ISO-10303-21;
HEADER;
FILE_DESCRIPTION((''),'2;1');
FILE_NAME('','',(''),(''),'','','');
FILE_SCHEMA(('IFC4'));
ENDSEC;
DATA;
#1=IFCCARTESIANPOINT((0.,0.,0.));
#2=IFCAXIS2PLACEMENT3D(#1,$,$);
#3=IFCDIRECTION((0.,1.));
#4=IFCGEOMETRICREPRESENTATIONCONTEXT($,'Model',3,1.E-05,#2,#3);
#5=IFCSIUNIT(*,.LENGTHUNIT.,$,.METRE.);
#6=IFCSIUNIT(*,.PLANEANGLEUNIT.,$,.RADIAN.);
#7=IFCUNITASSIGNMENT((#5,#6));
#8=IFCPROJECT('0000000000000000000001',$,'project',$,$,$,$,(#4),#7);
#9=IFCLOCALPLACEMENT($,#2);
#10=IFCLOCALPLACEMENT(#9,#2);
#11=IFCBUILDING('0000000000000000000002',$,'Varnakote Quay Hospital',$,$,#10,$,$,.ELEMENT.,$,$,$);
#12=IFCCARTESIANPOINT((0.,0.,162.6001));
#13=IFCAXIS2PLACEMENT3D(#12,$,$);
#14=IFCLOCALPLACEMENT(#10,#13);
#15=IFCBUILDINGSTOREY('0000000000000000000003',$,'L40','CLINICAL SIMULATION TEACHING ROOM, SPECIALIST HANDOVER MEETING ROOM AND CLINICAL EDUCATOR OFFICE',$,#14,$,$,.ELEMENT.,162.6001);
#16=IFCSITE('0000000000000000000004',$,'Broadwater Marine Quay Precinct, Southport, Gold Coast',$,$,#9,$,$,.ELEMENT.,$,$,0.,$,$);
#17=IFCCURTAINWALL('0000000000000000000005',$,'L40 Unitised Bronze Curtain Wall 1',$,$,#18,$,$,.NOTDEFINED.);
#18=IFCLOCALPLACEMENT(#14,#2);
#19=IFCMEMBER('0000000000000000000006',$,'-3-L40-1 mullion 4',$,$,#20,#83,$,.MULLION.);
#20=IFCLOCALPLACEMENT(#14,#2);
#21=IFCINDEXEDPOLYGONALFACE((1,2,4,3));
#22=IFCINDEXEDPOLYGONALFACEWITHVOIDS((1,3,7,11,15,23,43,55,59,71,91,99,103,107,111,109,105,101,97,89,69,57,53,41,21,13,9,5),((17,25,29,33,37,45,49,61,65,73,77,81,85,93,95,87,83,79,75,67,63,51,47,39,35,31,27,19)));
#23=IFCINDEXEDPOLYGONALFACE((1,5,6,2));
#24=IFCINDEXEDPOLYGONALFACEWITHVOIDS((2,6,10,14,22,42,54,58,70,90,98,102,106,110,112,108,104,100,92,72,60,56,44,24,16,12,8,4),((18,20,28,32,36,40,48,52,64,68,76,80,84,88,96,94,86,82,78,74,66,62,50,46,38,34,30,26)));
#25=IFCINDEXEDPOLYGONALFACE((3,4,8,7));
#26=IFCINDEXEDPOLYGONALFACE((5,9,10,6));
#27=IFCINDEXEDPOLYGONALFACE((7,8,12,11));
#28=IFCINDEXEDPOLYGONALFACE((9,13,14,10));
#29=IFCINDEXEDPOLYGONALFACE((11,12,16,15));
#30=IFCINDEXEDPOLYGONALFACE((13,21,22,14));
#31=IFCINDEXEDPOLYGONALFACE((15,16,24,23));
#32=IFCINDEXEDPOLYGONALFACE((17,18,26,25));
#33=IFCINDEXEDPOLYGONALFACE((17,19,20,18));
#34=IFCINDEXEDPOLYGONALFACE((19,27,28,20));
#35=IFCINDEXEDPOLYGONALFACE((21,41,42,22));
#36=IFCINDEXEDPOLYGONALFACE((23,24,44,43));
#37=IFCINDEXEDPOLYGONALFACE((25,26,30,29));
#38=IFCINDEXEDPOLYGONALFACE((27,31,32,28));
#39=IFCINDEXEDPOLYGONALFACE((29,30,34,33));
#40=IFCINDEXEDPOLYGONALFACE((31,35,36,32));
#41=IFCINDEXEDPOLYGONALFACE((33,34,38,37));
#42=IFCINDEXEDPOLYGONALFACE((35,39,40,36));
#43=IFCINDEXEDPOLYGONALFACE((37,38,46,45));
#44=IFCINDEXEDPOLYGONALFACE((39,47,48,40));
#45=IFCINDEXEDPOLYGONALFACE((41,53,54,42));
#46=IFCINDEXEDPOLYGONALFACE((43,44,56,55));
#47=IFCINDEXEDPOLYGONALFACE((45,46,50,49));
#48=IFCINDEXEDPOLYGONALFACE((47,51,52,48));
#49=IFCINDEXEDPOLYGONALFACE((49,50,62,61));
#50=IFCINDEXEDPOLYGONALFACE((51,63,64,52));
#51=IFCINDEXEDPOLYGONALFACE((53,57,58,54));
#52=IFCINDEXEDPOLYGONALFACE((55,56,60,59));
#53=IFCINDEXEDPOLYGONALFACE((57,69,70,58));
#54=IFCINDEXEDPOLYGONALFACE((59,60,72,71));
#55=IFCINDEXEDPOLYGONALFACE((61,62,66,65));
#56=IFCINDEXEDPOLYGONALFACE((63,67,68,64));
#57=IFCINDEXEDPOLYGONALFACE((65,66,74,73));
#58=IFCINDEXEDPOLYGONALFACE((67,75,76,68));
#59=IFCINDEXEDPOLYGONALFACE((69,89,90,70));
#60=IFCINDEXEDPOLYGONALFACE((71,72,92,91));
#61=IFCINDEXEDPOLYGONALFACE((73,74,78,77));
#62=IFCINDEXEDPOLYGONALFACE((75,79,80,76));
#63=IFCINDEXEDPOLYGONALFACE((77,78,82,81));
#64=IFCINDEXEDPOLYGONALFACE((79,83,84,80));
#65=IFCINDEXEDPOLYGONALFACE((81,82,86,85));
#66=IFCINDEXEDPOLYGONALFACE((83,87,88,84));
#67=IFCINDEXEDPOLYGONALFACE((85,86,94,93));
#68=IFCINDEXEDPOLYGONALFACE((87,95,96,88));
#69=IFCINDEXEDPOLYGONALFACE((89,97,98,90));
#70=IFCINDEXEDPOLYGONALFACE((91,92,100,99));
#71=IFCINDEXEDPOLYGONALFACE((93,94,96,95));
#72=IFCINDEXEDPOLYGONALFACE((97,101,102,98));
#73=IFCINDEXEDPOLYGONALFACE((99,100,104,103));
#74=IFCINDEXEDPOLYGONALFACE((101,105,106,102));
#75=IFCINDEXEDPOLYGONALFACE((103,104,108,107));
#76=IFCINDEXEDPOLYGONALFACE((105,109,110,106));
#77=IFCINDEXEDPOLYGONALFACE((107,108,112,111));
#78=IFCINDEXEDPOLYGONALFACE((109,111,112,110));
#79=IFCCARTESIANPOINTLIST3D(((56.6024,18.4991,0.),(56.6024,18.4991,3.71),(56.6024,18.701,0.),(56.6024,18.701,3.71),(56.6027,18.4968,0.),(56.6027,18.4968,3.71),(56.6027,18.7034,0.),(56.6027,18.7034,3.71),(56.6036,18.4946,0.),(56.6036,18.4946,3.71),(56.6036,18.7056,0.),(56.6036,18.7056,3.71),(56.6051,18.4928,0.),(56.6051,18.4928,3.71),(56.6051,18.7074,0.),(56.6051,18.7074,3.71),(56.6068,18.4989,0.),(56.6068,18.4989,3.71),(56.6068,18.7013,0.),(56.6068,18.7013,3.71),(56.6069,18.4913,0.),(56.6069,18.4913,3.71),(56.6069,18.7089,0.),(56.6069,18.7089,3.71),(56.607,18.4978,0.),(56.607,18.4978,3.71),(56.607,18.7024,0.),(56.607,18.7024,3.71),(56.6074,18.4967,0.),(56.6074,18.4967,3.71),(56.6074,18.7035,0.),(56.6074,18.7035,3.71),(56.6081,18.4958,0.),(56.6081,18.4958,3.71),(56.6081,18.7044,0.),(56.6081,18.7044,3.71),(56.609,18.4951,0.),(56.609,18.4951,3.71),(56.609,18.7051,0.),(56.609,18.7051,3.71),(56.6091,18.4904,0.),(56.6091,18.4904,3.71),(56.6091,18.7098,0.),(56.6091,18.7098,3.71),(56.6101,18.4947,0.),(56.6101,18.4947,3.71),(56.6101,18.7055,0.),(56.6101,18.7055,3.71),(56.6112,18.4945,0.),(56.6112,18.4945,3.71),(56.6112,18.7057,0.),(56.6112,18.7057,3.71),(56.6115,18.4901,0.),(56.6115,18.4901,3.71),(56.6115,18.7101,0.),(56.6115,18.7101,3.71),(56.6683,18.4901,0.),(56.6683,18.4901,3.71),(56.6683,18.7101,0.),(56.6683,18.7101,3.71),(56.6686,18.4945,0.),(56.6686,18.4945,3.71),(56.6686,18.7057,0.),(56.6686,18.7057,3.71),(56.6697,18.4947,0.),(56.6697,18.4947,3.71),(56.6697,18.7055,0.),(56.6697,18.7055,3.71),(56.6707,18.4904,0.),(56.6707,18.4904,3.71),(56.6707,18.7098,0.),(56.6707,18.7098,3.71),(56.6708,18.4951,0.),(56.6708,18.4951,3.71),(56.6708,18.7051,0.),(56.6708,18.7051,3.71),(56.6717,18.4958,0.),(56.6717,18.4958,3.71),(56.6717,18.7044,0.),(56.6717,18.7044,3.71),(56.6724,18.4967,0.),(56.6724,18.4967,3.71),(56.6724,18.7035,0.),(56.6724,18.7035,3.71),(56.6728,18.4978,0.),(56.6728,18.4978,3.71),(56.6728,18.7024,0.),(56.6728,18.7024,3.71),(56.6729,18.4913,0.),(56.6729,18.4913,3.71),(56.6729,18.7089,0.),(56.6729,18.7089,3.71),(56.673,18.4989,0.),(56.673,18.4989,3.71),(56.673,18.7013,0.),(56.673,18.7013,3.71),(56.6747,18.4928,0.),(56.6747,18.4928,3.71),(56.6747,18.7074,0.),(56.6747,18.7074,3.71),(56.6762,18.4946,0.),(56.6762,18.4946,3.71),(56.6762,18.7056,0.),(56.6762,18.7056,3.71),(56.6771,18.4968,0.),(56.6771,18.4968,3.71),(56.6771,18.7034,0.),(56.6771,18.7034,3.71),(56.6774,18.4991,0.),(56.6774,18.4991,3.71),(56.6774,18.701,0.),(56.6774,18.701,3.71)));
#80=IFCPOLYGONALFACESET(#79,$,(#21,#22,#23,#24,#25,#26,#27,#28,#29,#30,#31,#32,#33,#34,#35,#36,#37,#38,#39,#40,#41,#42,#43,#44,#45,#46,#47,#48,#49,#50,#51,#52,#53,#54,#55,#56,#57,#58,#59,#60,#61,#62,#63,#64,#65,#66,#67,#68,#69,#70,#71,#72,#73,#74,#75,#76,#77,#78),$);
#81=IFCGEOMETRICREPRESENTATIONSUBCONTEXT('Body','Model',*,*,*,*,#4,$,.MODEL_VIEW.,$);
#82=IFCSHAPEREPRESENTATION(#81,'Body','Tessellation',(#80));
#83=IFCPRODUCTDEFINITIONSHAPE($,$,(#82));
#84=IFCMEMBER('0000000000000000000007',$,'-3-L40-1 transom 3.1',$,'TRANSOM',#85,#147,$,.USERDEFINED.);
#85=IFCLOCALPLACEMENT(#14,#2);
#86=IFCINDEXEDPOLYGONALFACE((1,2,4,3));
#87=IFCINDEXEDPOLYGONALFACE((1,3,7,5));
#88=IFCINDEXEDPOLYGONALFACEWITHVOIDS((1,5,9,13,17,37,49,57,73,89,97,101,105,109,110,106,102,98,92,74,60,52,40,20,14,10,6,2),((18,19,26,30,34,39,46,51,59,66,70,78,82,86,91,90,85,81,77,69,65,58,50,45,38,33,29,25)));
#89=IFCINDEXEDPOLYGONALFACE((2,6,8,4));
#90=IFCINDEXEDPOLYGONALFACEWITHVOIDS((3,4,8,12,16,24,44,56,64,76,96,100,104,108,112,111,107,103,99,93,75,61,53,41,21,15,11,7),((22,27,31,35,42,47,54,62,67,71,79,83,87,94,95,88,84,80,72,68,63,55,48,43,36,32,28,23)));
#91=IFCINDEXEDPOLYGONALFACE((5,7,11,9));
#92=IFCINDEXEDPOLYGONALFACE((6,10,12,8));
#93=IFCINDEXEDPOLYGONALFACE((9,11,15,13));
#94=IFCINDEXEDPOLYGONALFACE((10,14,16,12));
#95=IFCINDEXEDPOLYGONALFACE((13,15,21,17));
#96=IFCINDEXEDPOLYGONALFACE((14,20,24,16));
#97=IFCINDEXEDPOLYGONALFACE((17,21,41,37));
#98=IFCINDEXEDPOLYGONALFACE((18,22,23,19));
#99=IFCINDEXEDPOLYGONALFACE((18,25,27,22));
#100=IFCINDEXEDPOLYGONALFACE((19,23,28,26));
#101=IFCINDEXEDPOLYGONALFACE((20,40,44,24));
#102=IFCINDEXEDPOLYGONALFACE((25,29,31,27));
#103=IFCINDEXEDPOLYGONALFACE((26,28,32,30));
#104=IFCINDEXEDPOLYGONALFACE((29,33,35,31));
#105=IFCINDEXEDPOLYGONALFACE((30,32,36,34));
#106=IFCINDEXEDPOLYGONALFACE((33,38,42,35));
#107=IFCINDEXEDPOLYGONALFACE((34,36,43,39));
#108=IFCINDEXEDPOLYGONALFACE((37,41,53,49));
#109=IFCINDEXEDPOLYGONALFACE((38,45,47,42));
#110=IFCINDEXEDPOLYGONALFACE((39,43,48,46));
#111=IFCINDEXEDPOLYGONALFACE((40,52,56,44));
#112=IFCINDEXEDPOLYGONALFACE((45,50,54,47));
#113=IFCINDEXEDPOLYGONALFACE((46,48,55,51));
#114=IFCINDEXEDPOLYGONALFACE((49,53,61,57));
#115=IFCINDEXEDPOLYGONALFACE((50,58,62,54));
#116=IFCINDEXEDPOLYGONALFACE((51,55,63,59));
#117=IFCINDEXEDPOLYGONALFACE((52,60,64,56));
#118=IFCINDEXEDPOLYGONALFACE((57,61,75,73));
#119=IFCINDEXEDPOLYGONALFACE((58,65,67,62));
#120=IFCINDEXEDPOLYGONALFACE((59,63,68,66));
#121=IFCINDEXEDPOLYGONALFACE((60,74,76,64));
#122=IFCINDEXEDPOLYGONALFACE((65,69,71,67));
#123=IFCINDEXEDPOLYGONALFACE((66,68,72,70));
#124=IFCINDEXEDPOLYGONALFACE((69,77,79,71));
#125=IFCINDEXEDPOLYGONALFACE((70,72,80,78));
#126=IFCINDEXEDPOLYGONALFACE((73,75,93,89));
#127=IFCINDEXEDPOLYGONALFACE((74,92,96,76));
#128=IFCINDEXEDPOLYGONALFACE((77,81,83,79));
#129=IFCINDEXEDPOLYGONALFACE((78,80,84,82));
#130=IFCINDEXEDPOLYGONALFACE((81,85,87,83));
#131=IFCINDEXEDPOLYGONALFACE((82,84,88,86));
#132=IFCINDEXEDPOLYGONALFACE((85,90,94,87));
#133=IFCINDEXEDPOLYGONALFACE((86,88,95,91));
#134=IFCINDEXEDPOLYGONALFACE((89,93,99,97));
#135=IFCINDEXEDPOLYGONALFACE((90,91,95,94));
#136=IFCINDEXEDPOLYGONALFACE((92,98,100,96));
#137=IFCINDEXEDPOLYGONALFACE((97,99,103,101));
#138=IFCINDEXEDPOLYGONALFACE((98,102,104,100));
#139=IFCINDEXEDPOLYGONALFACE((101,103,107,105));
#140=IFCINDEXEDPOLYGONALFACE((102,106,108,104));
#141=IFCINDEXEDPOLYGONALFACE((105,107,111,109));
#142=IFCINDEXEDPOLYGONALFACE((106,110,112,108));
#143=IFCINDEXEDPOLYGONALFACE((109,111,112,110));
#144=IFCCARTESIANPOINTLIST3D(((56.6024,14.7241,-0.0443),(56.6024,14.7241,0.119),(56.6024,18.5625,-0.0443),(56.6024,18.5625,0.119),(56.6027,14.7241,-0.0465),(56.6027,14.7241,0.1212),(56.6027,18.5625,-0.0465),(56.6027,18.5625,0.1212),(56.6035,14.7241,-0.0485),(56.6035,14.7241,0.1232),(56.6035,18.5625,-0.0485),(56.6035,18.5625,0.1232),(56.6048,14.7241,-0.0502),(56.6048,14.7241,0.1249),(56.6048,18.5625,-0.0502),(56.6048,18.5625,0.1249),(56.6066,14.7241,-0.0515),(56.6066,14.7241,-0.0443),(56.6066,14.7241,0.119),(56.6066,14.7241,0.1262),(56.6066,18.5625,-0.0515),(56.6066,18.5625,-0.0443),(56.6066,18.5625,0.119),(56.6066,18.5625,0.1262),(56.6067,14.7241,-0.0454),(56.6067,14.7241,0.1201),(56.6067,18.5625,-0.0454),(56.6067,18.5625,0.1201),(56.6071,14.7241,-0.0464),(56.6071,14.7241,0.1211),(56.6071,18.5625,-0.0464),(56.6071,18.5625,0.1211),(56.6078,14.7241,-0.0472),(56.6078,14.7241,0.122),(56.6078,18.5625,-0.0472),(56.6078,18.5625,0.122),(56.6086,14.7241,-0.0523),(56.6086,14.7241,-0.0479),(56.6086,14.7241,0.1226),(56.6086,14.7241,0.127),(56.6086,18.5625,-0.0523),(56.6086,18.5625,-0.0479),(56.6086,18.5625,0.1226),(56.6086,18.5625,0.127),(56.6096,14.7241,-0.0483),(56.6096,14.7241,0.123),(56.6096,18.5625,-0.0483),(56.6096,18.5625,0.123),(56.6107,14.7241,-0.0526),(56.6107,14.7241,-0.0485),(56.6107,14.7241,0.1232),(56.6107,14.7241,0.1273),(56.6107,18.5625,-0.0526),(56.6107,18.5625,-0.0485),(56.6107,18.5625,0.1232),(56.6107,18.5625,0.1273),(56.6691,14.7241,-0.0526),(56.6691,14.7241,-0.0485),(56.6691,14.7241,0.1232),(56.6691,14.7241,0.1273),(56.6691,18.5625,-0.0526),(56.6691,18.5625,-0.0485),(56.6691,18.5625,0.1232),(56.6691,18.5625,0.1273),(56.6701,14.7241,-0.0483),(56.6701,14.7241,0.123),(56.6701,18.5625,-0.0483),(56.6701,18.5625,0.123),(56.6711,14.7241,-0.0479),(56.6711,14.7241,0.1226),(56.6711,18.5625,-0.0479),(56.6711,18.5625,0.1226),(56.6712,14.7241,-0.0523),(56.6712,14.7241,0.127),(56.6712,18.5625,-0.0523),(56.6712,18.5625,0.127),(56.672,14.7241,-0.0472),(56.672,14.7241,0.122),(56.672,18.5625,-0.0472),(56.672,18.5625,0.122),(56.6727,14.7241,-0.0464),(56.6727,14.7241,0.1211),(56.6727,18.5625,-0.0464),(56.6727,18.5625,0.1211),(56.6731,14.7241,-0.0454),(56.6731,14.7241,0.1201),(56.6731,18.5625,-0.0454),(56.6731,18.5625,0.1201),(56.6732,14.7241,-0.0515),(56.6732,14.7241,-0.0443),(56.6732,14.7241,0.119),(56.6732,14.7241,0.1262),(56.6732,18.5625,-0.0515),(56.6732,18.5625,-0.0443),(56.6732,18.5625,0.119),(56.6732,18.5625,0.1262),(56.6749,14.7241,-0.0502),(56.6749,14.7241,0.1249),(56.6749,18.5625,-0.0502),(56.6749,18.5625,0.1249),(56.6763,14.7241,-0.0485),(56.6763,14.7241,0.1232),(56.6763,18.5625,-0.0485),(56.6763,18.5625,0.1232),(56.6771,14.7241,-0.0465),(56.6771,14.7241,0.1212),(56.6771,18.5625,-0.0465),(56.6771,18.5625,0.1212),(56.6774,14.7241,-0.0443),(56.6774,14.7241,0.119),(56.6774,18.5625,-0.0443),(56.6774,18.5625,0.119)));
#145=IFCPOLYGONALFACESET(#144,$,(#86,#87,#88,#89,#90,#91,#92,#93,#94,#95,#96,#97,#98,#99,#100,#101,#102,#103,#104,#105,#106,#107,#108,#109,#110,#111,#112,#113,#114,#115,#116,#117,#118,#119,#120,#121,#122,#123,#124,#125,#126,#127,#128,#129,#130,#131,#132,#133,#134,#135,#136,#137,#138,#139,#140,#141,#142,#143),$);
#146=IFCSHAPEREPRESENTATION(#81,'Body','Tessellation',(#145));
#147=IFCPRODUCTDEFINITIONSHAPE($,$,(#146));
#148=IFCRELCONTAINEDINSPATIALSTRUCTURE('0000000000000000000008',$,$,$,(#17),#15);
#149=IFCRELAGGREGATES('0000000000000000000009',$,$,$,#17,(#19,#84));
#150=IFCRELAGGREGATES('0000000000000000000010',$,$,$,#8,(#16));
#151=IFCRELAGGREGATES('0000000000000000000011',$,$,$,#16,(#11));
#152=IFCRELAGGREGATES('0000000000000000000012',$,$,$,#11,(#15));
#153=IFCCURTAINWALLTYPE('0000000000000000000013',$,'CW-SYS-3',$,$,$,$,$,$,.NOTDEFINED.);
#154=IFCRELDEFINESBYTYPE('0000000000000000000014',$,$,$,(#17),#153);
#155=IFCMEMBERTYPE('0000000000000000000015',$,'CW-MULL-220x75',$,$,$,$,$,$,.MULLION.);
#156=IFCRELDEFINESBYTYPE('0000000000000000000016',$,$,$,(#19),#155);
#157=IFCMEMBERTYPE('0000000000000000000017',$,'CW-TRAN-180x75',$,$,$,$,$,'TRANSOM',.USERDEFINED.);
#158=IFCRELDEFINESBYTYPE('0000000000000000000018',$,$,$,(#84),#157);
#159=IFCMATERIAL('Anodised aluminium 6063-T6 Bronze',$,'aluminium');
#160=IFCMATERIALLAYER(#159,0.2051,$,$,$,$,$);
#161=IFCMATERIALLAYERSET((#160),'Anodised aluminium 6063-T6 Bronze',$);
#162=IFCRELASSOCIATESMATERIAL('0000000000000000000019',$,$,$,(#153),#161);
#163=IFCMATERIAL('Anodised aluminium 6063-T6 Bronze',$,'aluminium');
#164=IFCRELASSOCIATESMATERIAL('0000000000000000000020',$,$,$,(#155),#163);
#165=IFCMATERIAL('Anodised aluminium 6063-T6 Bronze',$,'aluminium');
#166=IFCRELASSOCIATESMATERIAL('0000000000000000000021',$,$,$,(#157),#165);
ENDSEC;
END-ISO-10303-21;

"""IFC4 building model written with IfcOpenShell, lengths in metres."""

from ifc_helpers import new_model, si_unit, direction, frame, origin, origin_2d, place, context, subcontext, project, spatial, hollow_rectangle, extrude, material, layer, layer_set, material_profile, profile_set, type_object, element, aggregate, save


model = new_model("IFC4")

# Units and contexts
model_context = context("Model", 3, precision=1e-05, world=origin(), true_north=direction((0.0, 1.0)))
body_context = subcontext(model_context, "Body", "Model", "MODEL_VIEW")
ifc_project = project(units=[si_unit("LENGTHUNIT", "METRE"), si_unit("PLANEANGLEUNIT", "RADIAN")], contexts=[model_context])

# Site, building, storey
site_placement = place(None, origin())
site = spatial("IfcSite", under=ifc_project, at=site_placement, Name="Broadwater Marine Quay Precinct, Southport, Gold Coast", CompositionType="ELEMENT", RefElevation=0.0)
building_placement = place(site_placement, origin())
building = spatial("IfcBuilding", under=site, at=building_placement, Name="Varnakote Quay Hospital", CompositionType="ELEMENT")
storey_placement = place(building_placement, frame((0.0, 0.0, 162.6001)))
storey = spatial("IfcBuildingStorey", under=building, at=storey_placement, Name="L40", Description="CLINICAL SIMULATION TEACHING ROOM, SPECIALIST HANDOVER MEETING ROOM AND CLINICAL EDUCATOR OFFICE", CompositionType="ELEMENT", Elevation=162.6001)

# Curtain wall, members
ifc_material_1 = material(Name="Anodised aluminium 6063-T6 Bronze", Category="aluminium")
ifc_layer_1 = layer(ifc_material_1, 0.2051)
ifc_layer_set_1 = layer_set([ifc_layer_1], Name="Anodised aluminium 6063-T6 Bronze")
curtain_wall_type = type_object("IfcCurtainWallType", Name="CW-SYS-3", PredefinedType="NOTDEFINED", material=ifc_layer_set_1)
curtain_wall_placement = place(storey_placement, origin())
curtain_wall = element("IfcCurtainWall", 1, at=curtain_wall_placement, inside=storey, type_object=curtain_wall_type, Name="L40 Unitised Bronze Curtain Wall 1", PredefinedType="NOTDEFINED")
ifc_material_2 = material(Name="Anodised aluminium 6063-T6 Bronze", Category="aluminium")
ifc_material_profile_1 = material_profile(ifc_material_2, hollow_rectangle(XDim=0.075, YDim=0.22, WallThickness=0.0044, InnerFilletRadius=0.0044, OuterFilletRadius=0.009, at=origin_2d()), Name="CW-MULL-220x75")
ifc_profile_set_1 = profile_set([ifc_material_profile_1], Name="Anodised aluminium 6063-T6 Bronze")
member_type_1 = type_object("IfcMemberType", Name="CW-MULL-220x75", PredefinedType="MULLION", material=ifc_profile_set_1)
member_1_placement = place(storey_placement, frame((56.6399, 18.6001, 0.0), z_axis=(0.0, 0.0, 1.0), x_axis=(-1.0, 0.0, 0.0)))
member_1 = element("IfcMember", 2, at=member_1_placement, type_object=member_type_1, Name="-3-L40-1 mullion 4", PredefinedType="MULLION", context=body_context, shape_type="SweptSolid", body=[
    extrude(hollow_rectangle(XDim=0.075, YDim=0.22, WallThickness=0.0044, InnerFilletRadius=0.0044, OuterFilletRadius=0.009, at=origin_2d()), origin(), (0.0, 0.0, 1.0), 3.71),
])
ifc_material_3 = material(Name="Anodised aluminium 6063-T6 Bronze", Category="aluminium")
ifc_material_profile_2 = material_profile(ifc_material_3, hollow_rectangle(XDim=0.075, YDim=0.1799, WallThickness=0.0042, InnerFilletRadius=0.0042, OuterFilletRadius=0.0083, at=origin_2d()), Name="CW-TRAN-180x75")
ifc_profile_set_2 = profile_set([ifc_material_profile_2], Name="Anodised aluminium 6063-T6 Bronze")
member_type_2 = type_object("IfcMemberType", Name="CW-TRAN-180x75", ElementType="TRANSOM", PredefinedType="USERDEFINED", material=ifc_profile_set_2)
member_2_placement = place(storey_placement, frame((56.6399, 14.7241, 0.0374), z_axis=(0.0, 1.0, 0.0), x_axis=(-1.0, 0.0, 0.0)))
member_2 = element("IfcMember", 3, at=member_2_placement, type_object=member_type_2, Name="-3-L40-1 transom 3.1", ObjectType="TRANSOM", PredefinedType="USERDEFINED", context=body_context, shape_type="SweptSolid", body=[
    extrude(hollow_rectangle(XDim=0.075, YDim=0.1799, WallThickness=0.0042, InnerFilletRadius=0.0042, OuterFilletRadius=0.0083, at=origin_2d()), origin(), (0.0, 0.0, 1.0), 3.8384),
])
aggregate(curtain_wall, [member_1, member_2])

save(model, "model.ifc")
